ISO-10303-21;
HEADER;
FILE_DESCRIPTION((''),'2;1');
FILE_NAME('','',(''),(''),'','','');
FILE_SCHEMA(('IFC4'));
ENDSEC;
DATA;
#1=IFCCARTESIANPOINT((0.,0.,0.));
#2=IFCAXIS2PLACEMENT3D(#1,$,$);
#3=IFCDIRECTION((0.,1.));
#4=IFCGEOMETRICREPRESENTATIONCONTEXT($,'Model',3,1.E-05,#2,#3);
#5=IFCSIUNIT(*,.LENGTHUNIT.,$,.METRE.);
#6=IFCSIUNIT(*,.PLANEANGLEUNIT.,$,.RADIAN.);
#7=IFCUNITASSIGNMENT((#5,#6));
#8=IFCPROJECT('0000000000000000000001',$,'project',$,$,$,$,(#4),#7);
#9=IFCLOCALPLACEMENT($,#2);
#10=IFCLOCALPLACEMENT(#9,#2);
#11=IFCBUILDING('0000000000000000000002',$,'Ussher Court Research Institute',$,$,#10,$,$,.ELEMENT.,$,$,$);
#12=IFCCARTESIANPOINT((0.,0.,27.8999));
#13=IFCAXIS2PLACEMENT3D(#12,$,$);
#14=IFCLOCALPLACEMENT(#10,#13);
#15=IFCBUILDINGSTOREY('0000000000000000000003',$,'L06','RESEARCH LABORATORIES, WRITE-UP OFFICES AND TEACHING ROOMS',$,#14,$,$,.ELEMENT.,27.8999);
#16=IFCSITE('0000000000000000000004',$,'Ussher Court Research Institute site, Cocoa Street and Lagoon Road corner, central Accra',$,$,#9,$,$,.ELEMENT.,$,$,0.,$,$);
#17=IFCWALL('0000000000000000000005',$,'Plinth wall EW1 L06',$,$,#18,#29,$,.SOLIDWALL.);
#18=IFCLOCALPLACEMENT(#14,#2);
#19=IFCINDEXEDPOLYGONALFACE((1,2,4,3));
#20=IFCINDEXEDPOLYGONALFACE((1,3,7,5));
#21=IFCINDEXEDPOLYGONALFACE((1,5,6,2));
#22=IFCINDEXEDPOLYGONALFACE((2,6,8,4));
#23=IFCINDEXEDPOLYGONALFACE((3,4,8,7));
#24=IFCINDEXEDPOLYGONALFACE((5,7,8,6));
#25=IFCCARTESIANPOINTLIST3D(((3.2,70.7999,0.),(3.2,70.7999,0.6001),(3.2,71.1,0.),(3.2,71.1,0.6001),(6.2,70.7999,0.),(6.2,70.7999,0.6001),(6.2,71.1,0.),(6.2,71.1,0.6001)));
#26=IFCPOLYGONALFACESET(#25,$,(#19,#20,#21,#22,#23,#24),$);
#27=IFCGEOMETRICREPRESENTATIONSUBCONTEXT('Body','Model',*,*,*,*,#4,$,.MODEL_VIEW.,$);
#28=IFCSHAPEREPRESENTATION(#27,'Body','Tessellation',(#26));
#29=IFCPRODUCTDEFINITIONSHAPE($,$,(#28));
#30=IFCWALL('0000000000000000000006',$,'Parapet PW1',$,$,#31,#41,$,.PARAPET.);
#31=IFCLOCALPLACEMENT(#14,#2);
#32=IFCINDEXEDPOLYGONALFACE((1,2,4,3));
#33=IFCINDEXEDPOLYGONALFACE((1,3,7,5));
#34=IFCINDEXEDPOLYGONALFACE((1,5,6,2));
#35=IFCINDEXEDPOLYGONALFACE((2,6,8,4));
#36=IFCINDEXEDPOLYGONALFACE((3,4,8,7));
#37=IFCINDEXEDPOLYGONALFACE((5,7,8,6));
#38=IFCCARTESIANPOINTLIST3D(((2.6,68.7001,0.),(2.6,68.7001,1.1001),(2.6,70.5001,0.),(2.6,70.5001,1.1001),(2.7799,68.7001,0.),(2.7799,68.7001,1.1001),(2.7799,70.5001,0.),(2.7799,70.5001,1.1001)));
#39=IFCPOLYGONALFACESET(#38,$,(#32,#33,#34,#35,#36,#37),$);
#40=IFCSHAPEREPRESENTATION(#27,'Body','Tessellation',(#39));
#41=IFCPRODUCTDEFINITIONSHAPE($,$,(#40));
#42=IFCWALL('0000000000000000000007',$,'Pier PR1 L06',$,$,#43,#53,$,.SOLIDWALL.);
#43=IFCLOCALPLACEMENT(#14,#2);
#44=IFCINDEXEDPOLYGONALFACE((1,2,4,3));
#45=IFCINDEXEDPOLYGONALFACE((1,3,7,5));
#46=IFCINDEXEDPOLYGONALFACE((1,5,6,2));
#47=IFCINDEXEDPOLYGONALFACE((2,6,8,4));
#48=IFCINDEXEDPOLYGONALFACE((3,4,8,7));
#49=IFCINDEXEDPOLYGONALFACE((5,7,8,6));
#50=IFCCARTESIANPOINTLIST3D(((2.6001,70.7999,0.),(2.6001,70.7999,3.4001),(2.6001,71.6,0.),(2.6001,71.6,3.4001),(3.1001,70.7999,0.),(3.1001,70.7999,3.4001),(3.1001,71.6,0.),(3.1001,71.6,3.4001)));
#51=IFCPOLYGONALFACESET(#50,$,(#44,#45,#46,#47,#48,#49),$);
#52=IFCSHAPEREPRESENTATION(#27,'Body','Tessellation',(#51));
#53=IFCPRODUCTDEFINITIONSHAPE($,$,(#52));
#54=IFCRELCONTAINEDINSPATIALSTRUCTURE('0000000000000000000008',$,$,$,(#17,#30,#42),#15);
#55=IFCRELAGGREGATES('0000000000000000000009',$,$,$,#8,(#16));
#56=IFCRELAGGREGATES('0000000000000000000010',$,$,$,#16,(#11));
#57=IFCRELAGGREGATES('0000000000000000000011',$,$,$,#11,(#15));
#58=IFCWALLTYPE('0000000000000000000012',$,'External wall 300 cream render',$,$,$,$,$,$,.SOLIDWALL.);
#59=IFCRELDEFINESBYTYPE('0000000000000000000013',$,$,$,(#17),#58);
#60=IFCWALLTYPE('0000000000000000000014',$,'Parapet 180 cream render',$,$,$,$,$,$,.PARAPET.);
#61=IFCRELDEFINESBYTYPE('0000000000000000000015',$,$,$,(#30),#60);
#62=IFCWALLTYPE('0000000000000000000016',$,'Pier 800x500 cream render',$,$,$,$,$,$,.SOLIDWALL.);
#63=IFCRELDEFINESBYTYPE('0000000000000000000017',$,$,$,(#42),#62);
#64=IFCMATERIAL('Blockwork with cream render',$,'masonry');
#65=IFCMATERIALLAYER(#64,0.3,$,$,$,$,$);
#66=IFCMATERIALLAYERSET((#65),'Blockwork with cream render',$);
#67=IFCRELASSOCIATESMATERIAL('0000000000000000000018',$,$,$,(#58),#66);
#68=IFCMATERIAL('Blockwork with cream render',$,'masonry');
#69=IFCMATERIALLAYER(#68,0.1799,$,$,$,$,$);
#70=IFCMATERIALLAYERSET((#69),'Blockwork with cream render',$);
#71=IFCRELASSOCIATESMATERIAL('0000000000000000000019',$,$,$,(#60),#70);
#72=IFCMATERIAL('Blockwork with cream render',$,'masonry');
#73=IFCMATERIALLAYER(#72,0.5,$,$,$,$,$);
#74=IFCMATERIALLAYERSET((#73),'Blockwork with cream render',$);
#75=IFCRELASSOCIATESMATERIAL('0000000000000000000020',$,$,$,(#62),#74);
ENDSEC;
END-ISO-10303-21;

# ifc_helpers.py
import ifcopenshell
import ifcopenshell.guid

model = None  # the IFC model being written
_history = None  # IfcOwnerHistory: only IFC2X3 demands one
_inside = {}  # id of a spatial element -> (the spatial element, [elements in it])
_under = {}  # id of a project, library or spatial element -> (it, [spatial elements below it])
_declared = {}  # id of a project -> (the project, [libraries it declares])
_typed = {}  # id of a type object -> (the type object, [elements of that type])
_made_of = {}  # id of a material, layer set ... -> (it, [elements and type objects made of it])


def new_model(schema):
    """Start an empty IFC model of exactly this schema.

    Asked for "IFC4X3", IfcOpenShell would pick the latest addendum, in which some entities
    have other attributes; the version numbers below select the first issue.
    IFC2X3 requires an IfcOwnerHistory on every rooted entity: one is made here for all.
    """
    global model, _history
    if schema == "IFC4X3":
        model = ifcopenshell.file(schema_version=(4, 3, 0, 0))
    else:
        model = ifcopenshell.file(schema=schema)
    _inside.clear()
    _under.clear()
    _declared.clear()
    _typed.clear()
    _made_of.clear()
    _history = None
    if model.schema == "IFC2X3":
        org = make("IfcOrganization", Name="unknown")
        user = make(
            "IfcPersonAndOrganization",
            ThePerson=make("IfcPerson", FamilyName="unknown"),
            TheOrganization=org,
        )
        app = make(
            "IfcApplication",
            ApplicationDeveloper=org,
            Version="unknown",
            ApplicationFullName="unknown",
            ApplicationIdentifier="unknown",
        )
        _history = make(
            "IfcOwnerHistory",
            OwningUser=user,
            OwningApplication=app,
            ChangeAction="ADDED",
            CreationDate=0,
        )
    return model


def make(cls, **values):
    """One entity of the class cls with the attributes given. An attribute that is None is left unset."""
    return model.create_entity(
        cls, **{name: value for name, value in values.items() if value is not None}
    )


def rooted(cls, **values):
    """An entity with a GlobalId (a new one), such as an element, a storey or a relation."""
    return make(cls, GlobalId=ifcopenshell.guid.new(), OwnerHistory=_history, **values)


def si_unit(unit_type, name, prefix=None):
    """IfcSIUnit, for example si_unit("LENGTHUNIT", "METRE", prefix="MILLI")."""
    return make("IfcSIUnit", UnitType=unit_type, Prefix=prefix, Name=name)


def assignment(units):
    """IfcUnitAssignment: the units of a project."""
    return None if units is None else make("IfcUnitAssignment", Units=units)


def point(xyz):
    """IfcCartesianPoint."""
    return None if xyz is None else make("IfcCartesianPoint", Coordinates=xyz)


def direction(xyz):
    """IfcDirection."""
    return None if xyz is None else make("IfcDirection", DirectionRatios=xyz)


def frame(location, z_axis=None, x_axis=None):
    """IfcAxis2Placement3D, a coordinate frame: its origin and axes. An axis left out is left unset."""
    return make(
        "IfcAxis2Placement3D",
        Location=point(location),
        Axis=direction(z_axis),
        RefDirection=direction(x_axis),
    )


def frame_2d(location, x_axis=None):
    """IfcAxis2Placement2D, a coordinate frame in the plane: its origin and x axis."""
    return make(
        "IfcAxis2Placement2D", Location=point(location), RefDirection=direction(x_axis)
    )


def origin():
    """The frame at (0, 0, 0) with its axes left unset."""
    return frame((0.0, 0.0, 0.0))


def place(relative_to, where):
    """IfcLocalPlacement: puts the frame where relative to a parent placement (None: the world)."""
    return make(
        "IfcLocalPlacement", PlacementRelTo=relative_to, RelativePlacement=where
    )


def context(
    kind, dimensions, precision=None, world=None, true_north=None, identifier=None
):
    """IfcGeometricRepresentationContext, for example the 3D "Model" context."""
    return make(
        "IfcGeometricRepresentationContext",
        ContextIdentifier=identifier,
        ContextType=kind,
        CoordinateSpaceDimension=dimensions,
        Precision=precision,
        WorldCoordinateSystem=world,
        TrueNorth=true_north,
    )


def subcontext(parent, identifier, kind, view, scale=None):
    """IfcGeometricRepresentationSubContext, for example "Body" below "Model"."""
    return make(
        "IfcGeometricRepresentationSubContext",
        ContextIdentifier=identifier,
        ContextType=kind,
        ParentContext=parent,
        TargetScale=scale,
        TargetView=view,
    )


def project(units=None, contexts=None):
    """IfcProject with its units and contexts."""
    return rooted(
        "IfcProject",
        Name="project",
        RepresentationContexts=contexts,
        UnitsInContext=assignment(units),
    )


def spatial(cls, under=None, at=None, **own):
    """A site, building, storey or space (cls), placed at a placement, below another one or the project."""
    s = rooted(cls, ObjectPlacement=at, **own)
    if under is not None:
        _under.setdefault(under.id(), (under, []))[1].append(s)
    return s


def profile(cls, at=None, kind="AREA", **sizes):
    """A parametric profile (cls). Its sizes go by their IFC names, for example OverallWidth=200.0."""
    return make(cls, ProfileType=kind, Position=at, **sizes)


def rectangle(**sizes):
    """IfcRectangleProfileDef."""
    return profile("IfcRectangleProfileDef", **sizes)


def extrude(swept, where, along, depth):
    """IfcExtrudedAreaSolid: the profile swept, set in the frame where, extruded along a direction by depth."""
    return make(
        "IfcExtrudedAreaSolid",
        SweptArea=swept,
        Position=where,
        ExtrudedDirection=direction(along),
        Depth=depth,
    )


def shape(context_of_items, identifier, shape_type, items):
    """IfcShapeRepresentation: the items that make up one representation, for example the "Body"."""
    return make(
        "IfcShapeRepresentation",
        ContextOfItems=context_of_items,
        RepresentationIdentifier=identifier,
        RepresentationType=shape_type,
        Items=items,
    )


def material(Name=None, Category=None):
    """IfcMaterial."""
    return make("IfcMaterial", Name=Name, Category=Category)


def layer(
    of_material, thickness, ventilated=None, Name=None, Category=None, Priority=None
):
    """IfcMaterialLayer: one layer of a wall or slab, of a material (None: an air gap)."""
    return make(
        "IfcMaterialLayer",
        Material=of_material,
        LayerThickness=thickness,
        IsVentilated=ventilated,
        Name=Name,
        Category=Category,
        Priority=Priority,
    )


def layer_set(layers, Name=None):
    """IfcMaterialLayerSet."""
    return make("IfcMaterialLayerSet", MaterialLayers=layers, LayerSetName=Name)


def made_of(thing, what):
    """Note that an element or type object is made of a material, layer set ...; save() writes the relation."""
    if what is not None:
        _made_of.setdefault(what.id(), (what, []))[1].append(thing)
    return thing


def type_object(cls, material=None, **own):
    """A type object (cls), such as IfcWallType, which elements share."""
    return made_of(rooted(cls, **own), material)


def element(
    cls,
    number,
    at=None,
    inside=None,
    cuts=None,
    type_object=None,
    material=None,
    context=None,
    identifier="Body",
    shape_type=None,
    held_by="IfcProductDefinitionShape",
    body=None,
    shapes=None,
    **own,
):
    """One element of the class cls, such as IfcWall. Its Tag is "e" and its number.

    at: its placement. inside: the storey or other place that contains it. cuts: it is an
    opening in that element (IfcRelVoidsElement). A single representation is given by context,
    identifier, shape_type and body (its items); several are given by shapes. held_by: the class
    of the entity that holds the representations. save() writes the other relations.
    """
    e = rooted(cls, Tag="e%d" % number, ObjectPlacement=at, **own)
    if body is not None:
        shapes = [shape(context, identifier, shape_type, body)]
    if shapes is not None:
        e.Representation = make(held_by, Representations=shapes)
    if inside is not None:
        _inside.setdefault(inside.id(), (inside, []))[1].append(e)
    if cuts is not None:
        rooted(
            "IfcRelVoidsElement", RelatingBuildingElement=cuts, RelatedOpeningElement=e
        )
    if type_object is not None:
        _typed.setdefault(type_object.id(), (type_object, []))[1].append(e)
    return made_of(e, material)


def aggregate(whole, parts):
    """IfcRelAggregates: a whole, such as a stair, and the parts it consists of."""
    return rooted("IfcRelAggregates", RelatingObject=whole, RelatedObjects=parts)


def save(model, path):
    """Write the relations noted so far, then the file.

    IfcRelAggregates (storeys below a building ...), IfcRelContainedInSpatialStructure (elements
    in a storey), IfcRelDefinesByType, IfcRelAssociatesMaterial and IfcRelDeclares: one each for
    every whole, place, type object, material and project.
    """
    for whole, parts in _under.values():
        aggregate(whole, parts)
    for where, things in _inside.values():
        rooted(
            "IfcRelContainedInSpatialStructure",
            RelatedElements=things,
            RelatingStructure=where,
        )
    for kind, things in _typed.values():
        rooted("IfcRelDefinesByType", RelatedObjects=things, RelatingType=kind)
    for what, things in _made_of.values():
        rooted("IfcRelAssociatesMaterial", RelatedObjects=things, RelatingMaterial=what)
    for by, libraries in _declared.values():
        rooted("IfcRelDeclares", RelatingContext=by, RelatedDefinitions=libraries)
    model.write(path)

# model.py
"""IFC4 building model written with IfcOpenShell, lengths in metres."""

from ifc_helpers import new_model, si_unit, direction, frame, frame_2d, origin, place, context, subcontext, project, spatial, rectangle, extrude, material, layer, layer_set, type_object, element, save


model = new_model("IFC4")

# Units and contexts
model_context = context("Model", 3, precision=1e-05, world=origin(), true_north=direction((0.0, 1.0)))
body_context = subcontext(model_context, "Body", "Model", "MODEL_VIEW")
ifc_project = project(units=[si_unit("LENGTHUNIT", "METRE"), si_unit("PLANEANGLEUNIT", "RADIAN")], contexts=[model_context])

# Site, building, storey
site_placement = place(None, origin())
site = spatial("IfcSite", under=ifc_project, at=site_placement, Name="Ussher Court Research Institute site, Cocoa Street and Lagoon Road corner, central Accra", CompositionType="ELEMENT", RefElevation=0.0)
building_placement = place(site_placement, origin())
building = spatial("IfcBuilding", under=site, at=building_placement, Name="Ussher Court Research Institute", CompositionType="ELEMENT")
storey_placement = place(building_placement, frame((0.0, 0.0, 27.8999)))
storey = spatial("IfcBuildingStorey", under=building, at=storey_placement, Name="L06", Description="RESEARCH LABORATORIES, WRITE-UP OFFICES AND TEACHING ROOMS", CompositionType="ELEMENT", Elevation=27.8999)

# Walls
ifc_material_1 = material(Name="Blockwork with cream render", Category="masonry")
ifc_layer_1 = layer(ifc_material_1, 0.3)
ifc_layer_set_1 = layer_set([ifc_layer_1], Name="Blockwork with cream render")
wall_type_1 = type_object("IfcWallType", Name="External wall 300 cream render", PredefinedType="SOLIDWALL", material=ifc_layer_set_1)
wall_1_placement = place(storey_placement, frame((6.2, 70.95, 0.0), z_axis=(0.0, 0.0, 1.0), x_axis=(-1.0, 0.0, 0.0)))
element("IfcWall", 1, at=wall_1_placement, inside=storey, type_object=wall_type_1, Name="Plinth wall EW1 L06", PredefinedType="SOLIDWALL", context=body_context, shape_type="SweptSolid", body=[
    extrude(rectangle(XDim=3.0, YDim=0.3, at=frame_2d((1.5, 0.0))), origin(), (0.0, 0.0, 1.0), 0.6001),
])
ifc_material_2 = material(Name="Blockwork with cream render", Category="masonry")
ifc_layer_2 = layer(ifc_material_2, 0.1799)
ifc_layer_set_2 = layer_set([ifc_layer_2], Name="Blockwork with cream render")
wall_type_2 = type_object("IfcWallType", Name="Parapet 180 cream render", PredefinedType="PARAPET", material=ifc_layer_set_2)
wall_2_placement = place(storey_placement, frame((2.6899, 70.5, 0.0), z_axis=(0.0, 0.0, 1.0), x_axis=(0.0, -1.0, 0.0)))
element("IfcWall", 2, at=wall_2_placement, inside=storey, type_object=wall_type_2, Name="Parapet PW1", PredefinedType="PARAPET", context=body_context, shape_type="SweptSolid", body=[
    extrude(rectangle(XDim=1.8, YDim=0.1799, at=frame_2d((0.8999, 0.0))), origin(), (0.0, 0.0, 1.0), 1.1001),
])
ifc_material_3 = material(Name="Blockwork with cream render", Category="masonry")
ifc_layer_3 = layer(ifc_material_3, 0.5)
ifc_layer_set_3 = layer_set([ifc_layer_3], Name="Blockwork with cream render")
wall_type_3 = type_object("IfcWallType", Name="Pier 800x500 cream render", PredefinedType="SOLIDWALL", material=ifc_layer_set_3)
wall_3_placement = place(storey_placement, frame((2.8501, 70.8, 0.0), z_axis=(0.0, 0.0, 1.0), x_axis=(0.0, 1.0, 0.0)))
element("IfcWall", 3, at=wall_3_placement, inside=storey, type_object=wall_type_3, Name="Pier PR1 L06", PredefinedType="SOLIDWALL", context=body_context, shape_type="SweptSolid", body=[
    extrude(rectangle(XDim=0.8, YDim=0.5, at=frame_2d((0.3999, 0.0))), origin(), (0.0, 0.0, 1.0), 3.4001),
])

save(model, "model.ifc")
